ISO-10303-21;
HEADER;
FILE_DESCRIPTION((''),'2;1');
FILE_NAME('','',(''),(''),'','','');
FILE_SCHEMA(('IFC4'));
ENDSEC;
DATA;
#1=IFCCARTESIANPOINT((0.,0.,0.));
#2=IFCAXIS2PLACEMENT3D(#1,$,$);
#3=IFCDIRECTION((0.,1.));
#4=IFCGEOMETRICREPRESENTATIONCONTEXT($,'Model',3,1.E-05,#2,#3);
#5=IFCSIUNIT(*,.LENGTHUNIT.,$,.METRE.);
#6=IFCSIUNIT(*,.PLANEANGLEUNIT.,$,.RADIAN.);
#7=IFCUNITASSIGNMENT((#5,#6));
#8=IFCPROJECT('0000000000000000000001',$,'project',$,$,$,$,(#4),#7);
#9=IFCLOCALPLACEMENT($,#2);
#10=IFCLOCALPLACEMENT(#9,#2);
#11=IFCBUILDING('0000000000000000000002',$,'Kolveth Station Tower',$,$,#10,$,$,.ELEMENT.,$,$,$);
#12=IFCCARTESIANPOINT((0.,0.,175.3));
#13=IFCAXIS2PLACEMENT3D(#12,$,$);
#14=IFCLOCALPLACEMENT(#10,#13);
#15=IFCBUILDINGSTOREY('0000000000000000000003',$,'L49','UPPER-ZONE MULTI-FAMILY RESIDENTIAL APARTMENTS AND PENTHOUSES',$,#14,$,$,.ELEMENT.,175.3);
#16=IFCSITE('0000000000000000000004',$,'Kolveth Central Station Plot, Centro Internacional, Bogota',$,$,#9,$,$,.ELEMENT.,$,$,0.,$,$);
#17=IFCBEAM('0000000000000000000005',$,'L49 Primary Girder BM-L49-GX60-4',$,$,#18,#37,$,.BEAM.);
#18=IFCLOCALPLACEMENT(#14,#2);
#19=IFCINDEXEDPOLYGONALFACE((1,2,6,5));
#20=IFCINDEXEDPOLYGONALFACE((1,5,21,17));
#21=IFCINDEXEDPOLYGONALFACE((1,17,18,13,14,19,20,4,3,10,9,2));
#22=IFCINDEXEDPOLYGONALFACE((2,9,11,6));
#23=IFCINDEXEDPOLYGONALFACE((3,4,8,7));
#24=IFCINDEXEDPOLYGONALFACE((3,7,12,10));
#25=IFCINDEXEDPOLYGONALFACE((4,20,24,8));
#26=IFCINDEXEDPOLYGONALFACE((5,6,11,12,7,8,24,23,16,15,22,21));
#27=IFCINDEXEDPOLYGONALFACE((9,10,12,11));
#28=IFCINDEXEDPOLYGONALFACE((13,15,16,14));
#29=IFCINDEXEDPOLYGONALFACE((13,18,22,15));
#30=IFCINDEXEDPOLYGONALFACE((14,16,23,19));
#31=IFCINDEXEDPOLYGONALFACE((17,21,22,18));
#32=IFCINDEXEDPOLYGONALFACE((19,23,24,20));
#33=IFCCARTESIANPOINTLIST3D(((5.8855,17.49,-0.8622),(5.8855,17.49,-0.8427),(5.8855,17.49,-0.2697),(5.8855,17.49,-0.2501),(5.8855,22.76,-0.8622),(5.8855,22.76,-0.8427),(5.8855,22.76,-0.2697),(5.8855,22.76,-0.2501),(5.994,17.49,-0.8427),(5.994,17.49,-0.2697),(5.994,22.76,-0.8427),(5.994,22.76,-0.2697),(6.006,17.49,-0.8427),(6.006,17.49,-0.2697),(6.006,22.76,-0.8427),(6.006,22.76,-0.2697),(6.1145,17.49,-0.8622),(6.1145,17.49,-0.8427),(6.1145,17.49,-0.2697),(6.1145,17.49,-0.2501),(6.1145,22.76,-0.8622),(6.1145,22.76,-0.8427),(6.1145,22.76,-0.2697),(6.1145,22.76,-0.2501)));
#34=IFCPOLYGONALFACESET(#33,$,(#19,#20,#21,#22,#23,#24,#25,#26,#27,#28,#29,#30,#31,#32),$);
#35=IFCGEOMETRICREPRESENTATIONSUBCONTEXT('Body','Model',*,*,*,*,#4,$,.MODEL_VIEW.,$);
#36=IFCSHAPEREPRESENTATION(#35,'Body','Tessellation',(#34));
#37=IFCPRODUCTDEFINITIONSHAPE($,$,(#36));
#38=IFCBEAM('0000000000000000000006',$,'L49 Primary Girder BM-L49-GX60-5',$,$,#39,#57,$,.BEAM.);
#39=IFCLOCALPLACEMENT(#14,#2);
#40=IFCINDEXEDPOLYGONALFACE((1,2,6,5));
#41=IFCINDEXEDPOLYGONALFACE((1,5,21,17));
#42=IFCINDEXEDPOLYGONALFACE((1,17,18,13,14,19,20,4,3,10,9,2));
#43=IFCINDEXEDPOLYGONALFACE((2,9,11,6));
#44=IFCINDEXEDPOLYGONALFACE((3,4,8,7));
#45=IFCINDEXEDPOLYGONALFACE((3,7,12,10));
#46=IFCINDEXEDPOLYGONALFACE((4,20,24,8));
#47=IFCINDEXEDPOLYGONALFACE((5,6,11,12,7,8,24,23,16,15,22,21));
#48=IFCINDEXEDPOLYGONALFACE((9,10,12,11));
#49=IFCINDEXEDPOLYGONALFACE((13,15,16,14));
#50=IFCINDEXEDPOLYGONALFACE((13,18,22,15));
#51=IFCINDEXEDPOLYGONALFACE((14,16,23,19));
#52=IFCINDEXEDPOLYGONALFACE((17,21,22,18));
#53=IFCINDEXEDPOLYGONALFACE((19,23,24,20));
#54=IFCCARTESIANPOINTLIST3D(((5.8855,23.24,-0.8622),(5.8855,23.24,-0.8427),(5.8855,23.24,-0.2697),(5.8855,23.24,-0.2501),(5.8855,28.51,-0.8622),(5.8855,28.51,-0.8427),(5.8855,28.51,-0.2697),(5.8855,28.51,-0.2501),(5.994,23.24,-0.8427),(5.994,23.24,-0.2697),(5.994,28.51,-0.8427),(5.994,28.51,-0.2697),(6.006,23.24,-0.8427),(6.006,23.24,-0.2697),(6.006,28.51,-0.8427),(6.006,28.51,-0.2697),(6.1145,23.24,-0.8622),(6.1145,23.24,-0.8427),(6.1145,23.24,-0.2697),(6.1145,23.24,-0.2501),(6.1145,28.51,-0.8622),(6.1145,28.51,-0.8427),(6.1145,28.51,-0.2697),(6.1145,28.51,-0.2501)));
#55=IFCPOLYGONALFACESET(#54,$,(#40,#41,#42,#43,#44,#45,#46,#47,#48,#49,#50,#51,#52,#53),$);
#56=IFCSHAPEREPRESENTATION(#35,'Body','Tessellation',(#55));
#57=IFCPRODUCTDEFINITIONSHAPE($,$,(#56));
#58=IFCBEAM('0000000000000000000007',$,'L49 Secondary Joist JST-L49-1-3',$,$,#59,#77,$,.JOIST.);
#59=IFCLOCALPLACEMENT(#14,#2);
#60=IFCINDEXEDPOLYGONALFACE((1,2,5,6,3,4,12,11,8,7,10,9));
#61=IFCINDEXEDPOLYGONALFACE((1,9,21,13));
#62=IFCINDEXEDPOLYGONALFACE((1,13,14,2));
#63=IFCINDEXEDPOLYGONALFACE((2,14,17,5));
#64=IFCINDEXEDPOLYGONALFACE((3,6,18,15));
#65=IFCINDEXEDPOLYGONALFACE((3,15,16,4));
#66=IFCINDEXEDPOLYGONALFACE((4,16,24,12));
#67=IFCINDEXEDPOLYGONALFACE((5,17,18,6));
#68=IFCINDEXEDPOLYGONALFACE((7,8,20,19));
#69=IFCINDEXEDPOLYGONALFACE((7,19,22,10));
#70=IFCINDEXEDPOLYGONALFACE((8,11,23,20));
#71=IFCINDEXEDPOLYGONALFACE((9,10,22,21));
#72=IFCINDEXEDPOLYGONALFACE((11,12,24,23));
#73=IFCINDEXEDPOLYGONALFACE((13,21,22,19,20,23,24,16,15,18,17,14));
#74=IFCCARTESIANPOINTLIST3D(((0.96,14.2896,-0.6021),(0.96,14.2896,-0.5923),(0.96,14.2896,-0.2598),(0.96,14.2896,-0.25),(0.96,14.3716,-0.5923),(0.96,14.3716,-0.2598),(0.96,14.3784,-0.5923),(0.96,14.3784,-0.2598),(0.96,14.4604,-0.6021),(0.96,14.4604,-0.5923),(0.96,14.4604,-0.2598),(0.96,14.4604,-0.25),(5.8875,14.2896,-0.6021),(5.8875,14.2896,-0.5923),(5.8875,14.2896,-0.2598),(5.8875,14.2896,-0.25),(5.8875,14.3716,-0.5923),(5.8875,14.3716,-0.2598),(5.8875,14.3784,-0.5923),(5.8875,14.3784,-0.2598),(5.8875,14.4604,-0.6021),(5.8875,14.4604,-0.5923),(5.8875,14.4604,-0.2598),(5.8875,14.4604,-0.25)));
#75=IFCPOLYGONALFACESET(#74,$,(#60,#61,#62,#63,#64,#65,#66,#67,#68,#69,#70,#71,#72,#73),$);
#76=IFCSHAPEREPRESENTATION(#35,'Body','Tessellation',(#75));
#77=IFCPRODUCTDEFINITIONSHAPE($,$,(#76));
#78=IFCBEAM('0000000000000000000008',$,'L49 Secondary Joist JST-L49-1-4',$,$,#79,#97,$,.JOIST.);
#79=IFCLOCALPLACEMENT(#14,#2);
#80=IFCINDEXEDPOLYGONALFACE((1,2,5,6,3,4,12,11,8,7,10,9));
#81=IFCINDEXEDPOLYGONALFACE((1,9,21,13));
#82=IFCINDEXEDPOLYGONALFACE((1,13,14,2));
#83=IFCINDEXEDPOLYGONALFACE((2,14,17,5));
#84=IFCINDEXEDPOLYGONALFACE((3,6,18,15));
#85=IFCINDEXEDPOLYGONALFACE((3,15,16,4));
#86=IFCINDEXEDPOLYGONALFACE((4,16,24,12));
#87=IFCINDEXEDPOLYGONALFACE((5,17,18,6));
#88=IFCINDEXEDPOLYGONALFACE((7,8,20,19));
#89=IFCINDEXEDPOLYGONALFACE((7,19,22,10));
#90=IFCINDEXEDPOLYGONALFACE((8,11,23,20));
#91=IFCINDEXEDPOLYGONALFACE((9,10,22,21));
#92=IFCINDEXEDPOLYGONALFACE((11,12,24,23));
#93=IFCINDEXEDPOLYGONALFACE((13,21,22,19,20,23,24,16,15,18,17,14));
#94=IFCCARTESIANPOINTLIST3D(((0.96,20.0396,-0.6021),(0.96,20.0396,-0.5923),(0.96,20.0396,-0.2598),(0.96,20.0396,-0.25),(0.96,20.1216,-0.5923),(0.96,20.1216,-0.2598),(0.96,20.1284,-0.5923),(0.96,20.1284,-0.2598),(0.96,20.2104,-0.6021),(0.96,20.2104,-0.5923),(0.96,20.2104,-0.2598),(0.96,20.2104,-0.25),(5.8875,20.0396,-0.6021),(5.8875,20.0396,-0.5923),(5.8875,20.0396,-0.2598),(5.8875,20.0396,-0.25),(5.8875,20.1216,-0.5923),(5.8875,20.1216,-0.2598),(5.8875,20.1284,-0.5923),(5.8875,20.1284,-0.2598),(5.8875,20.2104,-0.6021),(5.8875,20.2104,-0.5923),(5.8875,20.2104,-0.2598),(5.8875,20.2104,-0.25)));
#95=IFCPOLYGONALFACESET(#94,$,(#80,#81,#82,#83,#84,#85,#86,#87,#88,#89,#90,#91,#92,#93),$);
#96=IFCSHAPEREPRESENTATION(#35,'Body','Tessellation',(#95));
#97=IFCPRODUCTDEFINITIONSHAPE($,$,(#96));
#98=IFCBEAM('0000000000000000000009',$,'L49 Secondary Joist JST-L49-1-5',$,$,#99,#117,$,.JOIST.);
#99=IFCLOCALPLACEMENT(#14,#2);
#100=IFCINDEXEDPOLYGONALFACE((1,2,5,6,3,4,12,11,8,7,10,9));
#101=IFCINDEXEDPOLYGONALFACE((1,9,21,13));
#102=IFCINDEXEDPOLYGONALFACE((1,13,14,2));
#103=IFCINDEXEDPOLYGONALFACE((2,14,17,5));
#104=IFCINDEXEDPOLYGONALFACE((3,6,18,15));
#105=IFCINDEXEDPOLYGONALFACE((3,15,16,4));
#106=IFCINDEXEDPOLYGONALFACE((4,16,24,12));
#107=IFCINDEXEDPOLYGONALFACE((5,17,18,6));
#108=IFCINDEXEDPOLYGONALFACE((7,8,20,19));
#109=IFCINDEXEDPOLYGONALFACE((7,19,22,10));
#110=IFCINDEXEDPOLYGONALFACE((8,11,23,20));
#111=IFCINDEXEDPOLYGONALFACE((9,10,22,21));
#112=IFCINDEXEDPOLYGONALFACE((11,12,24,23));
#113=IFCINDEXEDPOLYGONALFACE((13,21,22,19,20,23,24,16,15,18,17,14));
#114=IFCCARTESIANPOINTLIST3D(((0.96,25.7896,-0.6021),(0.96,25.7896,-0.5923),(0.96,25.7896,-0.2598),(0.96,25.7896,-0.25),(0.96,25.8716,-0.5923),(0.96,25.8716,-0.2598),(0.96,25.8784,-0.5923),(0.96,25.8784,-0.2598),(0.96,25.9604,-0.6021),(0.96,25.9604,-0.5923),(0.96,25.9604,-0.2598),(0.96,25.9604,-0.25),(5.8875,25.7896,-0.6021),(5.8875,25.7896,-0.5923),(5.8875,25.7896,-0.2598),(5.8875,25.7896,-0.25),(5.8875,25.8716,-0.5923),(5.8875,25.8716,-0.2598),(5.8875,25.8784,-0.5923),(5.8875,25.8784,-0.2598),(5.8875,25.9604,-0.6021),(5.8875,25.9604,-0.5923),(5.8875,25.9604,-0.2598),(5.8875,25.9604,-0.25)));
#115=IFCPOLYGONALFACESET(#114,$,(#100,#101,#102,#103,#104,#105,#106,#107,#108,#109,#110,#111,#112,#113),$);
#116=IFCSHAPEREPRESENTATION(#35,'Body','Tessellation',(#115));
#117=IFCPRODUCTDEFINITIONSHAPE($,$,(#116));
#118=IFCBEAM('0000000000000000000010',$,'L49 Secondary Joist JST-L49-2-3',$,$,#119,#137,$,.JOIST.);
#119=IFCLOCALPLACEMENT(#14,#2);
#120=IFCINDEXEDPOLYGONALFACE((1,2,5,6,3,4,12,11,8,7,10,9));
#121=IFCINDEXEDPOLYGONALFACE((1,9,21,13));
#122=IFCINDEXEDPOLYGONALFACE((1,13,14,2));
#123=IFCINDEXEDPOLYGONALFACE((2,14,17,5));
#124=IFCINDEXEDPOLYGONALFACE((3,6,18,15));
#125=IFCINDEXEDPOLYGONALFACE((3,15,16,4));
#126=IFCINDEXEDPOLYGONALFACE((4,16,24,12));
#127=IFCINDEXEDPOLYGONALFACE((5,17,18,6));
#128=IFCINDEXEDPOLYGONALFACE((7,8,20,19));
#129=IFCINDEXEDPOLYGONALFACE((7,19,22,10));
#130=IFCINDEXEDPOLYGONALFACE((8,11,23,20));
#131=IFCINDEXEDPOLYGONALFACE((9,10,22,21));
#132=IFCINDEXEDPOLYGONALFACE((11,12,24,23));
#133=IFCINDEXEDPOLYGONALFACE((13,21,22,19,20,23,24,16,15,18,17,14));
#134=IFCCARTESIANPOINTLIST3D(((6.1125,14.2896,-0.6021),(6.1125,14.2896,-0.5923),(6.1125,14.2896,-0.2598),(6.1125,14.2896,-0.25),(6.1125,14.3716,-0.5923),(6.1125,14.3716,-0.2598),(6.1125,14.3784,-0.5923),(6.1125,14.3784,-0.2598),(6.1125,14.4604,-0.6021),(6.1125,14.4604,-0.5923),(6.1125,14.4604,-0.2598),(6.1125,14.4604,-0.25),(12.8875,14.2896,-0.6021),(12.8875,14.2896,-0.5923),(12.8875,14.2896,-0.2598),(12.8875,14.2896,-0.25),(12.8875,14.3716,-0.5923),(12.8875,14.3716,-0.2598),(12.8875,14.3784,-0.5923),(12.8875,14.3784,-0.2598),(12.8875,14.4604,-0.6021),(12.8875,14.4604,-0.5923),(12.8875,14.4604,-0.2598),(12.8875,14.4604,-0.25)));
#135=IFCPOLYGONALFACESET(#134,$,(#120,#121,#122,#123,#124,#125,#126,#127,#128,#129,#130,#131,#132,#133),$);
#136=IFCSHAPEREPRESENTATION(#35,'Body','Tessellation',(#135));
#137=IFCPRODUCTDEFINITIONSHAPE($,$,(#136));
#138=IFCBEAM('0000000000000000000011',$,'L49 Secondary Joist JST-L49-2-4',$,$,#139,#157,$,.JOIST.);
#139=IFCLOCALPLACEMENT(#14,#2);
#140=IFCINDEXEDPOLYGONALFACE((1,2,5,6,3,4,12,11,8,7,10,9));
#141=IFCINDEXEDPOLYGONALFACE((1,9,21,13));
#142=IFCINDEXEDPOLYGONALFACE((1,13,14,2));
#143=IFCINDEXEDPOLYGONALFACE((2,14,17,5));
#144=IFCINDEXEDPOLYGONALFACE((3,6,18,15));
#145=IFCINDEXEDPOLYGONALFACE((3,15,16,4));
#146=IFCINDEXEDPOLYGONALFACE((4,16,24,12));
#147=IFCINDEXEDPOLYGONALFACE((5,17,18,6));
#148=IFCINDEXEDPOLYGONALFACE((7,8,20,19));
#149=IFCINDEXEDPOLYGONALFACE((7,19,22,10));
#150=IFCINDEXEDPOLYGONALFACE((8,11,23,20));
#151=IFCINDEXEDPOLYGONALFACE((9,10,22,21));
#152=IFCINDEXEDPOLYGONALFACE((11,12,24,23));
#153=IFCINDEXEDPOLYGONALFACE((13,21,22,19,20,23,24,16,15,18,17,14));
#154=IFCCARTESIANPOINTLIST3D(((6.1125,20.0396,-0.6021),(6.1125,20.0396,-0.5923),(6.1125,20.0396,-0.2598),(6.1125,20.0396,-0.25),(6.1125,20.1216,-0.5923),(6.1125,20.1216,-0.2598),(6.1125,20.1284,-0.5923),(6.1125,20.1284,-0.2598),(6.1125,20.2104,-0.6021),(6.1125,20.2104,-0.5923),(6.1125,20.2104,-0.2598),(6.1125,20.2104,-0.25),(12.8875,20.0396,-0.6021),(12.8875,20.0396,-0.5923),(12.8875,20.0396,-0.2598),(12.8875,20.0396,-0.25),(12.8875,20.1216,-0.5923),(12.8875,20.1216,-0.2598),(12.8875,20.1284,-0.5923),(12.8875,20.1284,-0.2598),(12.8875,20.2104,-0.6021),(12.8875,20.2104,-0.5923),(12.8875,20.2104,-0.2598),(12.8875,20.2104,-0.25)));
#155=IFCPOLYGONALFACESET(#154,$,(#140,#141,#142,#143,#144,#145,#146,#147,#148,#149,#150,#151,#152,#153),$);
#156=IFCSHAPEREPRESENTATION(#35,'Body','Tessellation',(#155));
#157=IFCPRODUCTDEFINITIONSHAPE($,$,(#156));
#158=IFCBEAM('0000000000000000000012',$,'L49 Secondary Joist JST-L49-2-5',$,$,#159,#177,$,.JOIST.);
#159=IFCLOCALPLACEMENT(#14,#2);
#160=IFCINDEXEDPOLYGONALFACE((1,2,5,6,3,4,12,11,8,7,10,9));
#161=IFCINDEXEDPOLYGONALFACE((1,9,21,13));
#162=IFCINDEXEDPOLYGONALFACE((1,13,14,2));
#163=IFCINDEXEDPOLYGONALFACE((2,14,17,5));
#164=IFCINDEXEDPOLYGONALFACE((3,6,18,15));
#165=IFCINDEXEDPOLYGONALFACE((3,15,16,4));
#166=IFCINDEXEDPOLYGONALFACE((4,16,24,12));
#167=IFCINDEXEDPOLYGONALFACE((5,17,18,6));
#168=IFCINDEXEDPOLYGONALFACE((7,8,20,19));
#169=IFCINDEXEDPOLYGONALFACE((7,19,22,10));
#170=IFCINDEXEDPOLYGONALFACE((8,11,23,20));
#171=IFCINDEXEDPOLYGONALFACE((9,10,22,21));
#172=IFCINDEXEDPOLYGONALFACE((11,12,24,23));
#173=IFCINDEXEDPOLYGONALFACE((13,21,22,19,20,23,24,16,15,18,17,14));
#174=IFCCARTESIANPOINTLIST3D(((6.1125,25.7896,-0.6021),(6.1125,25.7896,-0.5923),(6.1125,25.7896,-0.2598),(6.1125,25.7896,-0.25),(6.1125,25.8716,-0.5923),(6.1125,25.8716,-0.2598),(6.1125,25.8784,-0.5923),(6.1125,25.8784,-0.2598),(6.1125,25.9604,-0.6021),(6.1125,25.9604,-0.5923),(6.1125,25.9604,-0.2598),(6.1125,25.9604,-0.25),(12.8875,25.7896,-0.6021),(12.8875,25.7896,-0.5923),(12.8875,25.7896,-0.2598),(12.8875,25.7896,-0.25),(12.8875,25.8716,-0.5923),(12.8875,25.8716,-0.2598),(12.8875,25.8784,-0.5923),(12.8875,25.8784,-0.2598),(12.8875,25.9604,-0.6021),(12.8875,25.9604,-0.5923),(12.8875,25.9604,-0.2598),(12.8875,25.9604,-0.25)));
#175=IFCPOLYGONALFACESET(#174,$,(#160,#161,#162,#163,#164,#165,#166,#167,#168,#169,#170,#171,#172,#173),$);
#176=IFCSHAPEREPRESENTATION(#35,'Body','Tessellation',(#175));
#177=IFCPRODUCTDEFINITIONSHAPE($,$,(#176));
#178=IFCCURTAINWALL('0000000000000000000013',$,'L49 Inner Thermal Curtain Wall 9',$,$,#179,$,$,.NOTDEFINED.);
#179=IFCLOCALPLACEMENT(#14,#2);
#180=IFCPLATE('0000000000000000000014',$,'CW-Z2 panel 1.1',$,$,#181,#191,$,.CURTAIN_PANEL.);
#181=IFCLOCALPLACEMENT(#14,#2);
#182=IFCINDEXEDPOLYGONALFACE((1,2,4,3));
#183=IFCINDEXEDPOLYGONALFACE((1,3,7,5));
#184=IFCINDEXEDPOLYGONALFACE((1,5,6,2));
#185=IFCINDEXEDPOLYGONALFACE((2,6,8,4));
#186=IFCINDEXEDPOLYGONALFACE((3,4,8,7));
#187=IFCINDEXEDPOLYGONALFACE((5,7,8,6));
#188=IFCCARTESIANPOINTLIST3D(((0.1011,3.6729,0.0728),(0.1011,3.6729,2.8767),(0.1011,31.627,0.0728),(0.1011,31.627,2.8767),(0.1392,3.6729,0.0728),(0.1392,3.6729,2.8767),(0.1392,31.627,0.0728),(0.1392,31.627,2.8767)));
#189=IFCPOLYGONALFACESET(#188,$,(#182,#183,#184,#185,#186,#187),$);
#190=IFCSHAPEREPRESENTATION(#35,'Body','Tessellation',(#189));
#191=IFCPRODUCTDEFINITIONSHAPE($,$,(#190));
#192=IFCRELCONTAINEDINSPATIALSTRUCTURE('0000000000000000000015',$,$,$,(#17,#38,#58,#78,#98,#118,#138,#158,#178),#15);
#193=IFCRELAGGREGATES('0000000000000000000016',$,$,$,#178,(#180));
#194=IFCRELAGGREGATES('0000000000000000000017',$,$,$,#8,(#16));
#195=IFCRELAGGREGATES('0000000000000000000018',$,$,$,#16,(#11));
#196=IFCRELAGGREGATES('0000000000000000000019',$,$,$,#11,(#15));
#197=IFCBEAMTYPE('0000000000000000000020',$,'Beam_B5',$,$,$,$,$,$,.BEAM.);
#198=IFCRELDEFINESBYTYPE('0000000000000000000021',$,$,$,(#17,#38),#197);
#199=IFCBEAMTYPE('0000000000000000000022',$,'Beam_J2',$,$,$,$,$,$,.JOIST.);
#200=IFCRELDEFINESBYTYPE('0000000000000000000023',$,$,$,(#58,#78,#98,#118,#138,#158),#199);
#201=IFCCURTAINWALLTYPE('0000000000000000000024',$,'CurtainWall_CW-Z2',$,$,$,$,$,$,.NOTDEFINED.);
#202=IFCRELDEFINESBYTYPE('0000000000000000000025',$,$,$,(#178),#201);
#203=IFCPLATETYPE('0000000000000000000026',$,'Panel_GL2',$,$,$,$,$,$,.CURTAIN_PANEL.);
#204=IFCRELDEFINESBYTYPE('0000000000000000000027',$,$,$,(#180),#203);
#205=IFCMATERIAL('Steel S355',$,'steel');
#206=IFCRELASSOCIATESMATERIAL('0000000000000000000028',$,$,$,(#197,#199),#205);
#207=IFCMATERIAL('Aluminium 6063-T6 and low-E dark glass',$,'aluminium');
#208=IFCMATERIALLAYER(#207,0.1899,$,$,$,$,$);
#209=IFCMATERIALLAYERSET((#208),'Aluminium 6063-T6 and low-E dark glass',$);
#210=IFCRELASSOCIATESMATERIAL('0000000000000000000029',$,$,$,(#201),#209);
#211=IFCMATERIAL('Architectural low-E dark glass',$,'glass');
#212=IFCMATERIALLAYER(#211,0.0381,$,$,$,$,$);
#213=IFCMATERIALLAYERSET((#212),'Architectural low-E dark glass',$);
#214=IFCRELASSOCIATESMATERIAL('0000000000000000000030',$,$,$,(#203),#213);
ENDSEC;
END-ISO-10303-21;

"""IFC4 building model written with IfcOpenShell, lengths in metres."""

from ifc_helpers import new_model, si_unit, direction, frame, origin, origin_2d, place, context, subcontext, project, spatial, rectangle, i_section, extrude, source, transform, mapped, material, layer, layer_set, material_profile, profile_set, type_object, element, aggregate, save


model = new_model("IFC4")

# Units and contexts
model_context = context("Model", 3, precision=1e-05, world=origin(), true_north=direction((0.0, 1.0)))
body_context = subcontext(model_context, "Body", "Model", "MODEL_VIEW")
ifc_project = project(units=[si_unit("LENGTHUNIT", "METRE"), si_unit("PLANEANGLEUNIT", "RADIAN")], contexts=[model_context])

# Site, building, storey
site_placement = place(None, origin())
site = spatial("IfcSite", under=ifc_project, at=site_placement, Name="Kolveth Central Station Plot, Centro Internacional, Bogota", CompositionType="ELEMENT", RefElevation=0.0)
building_placement = place(site_placement, origin())
building = spatial("IfcBuilding", under=site, at=building_placement, Name="Kolveth Station Tower", CompositionType="ELEMENT")
storey_placement = place(building_placement, frame((0.0, 0.0, 175.3)))
storey = spatial("IfcBuildingStorey", under=building, at=storey_placement, Name="L49", Description="UPPER-ZONE MULTI-FAMILY RESIDENTIAL APARTMENTS AND PENTHOUSES", CompositionType="ELEMENT", Elevation=175.3)

# Shared definitions
ifc_material_1 = material(Name="Steel S355", Category="steel")

# Beams
ifc_material_profile_1 = material_profile(ifc_material_1, i_section(OverallWidth=0.229, OverallDepth=0.6121, WebThickness=0.012, FlangeThickness=0.0195, at=origin_2d()), Name="W610x125")
ifc_profile_set_1 = profile_set([ifc_material_profile_1], Name="Steel S355")
beam_type_1 = type_object("IfcBeamType", Name="Beam_B5", PredefinedType="BEAM", material=ifc_profile_set_1)
shared_shape_1 = source(origin(), body_context, "Body", "SweptSolid", [
    extrude(i_section(OverallWidth=0.229, OverallDepth=0.6121, WebThickness=0.012, FlangeThickness=0.0195, at=origin_2d()), origin(), (0.0, 0.0, 1.0), 5.27),
])
for number, where, z_axis, x_axis, name in (
    (1, (6.0, 17.49, -0.5562), (0.0, 1.0, 0.0), (-1.0, 0.0, 0.0), "L49 Primary Girder BM-L49-GX60-4"),
    (2, (6.0, 23.24, -0.5562), (0.0, 1.0, 0.0), (-1.0, 0.0, 0.0), "L49 Primary Girder BM-L49-GX60-5"),
):
    element("IfcBeam", number, at=place(storey_placement, frame(where, z_axis=z_axis, x_axis=x_axis)), inside=storey, type_object=beam_type_1, Name=name, PredefinedType="BEAM", context=body_context, shape_type="MappedRepresentation", body=[
        mapped(shared_shape_1, transform((0.0, 0.0, 0.0), x_axis=(1.0, 0.0, 0.0), y_axis=(0.0, 1.0, 0.0), z_axis=(0.0, 0.0, 1.0), scale=1.0)),
    ])
ifc_material_profile_2 = material_profile(ifc_material_1, i_section(OverallWidth=0.1709, OverallDepth=0.3521, WebThickness=0.0068, FlangeThickness=0.0098, at=origin_2d()), Name="W360x44")
ifc_profile_set_2 = profile_set([ifc_material_profile_2], Name="Steel S355")
beam_type_2 = type_object("IfcBeamType", Name="Beam_J2", PredefinedType="JOIST", material=ifc_profile_set_2)
shared_shape_2 = source(origin(), body_context, "Body", "SweptSolid", [
    extrude(i_section(OverallWidth=0.1709, OverallDepth=0.3521, WebThickness=0.0068, FlangeThickness=0.0098, at=origin_2d()), origin(), (0.0, 0.0, 1.0), 4.9275),
])
for number, where, z_axis, x_axis, name in (
    (3, (0.96, 14.375, -0.426), (1.0, 0.0, 0.0), (0.0, 1.0, 0.0), "L49 Secondary Joist JST-L49-1-3"),
    (4, (0.96, 20.125, -0.426), (1.0, 0.0, 0.0), (0.0, 1.0, 0.0), "L49 Secondary Joist JST-L49-1-4"),
    (5, (0.96, 25.875, -0.426), (1.0, 0.0, 0.0), (0.0, 1.0, 0.0), "L49 Secondary Joist JST-L49-1-5"),
):
    element("IfcBeam", number, at=place(storey_placement, frame(where, z_axis=z_axis, x_axis=x_axis)), inside=storey, type_object=beam_type_2, Name=name, PredefinedType="JOIST", context=body_context, shape_type="MappedRepresentation", body=[
        mapped(shared_shape_2, transform((0.0, 0.0, 0.0), x_axis=(1.0, 0.0, 0.0), y_axis=(0.0, 1.0, 0.0), z_axis=(0.0, 0.0, 1.0), scale=1.0)),
    ])
shared_shape_3 = source(origin(), body_context, "Body", "SweptSolid", [
    extrude(i_section(OverallWidth=0.1709, OverallDepth=0.3521, WebThickness=0.0068, FlangeThickness=0.0098, at=origin_2d()), origin(), (0.0, 0.0, 1.0), 6.7749),
])
for number, where, z_axis, x_axis, name in (
    (6, (6.1125, 14.375, -0.426), (1.0, 0.0, 0.0), (0.0, 1.0, 0.0), "L49 Secondary Joist JST-L49-2-3"),
    (7, (6.1125, 20.125, -0.426), (1.0, 0.0, 0.0), (0.0, 1.0, 0.0), "L49 Secondary Joist JST-L49-2-4"),
    (8, (6.1125, 25.875, -0.426), (1.0, 0.0, 0.0), (0.0, 1.0, 0.0), "L49 Secondary Joist JST-L49-2-5"),
):
    element("IfcBeam", number, at=place(storey_placement, frame(where, z_axis=z_axis, x_axis=x_axis)), inside=storey, type_object=beam_type_2, Name=name, PredefinedType="JOIST", context=body_context, shape_type="MappedRepresentation", body=[
        mapped(shared_shape_3, transform((0.0, 0.0, 0.0), x_axis=(1.0, 0.0, 0.0), y_axis=(0.0, 1.0, 0.0), z_axis=(0.0, 0.0, 1.0), scale=1.0)),
    ])

# Curtain wall, plate
ifc_material_2 = material(Name="Aluminium 6063-T6 and low-E dark glass", Category="aluminium")
ifc_layer_1 = layer(ifc_material_2, 0.1899)
ifc_layer_set_1 = layer_set([ifc_layer_1], Name="Aluminium 6063-T6 and low-E dark glass")
curtain_wall_type_1 = type_object("IfcCurtainWallType", Name="CurtainWall_CW-Z2", PredefinedType="NOTDEFINED", material=ifc_layer_set_1)
curtain_wall_1_placement = place(storey_placement, origin())
curtain_wall_1 = element("IfcCurtainWall", 9, at=curtain_wall_1_placement, inside=storey, type_object=curtain_wall_type_1, Name="L49 Inner Thermal Curtain Wall 9", PredefinedType="NOTDEFINED")
ifc_material_3 = material(Name="Architectural low-E dark glass", Category="glass")
ifc_layer_2 = layer(ifc_material_3, 0.0381)
ifc_layer_set_2 = layer_set([ifc_layer_2], Name="Architectural low-E dark glass")
plate_type_1 = type_object("IfcPlateType", Name="Panel_GL2", PredefinedType="CURTAIN_PANEL", material=ifc_layer_set_2)
shared_shape_4 = source(origin(), body_context, "Body", "SweptSolid", [
    extrude(rectangle(XDim=27.9541, YDim=0.0381, at=origin_2d()), origin(), (0.0, 0.0, 1.0), 2.804),
])
plate_1_placement = place(storey_placement, frame((0.1201, 17.6499, 0.0728), z_axis=(0.0, 0.0, 1.0), x_axis=(0.0, -1.0, 0.0)))
plate_1 = element("IfcPlate", 10, at=plate_1_placement, type_object=plate_type_1, Name="CW-Z2 panel 1.1", PredefinedType="CURTAIN_PANEL", context=body_context, shape_type="MappedRepresentation", body=[
    mapped(shared_shape_4, transform((0.0, 0.0, 0.0), x_axis=(1.0, 0.0, 0.0), y_axis=(0.0, 1.0, 0.0), z_axis=(0.0, 0.0, 1.0), scale=1.0)),
])
aggregate(curtain_wall_1, [plate_1])

save(model, "model.ifc")
